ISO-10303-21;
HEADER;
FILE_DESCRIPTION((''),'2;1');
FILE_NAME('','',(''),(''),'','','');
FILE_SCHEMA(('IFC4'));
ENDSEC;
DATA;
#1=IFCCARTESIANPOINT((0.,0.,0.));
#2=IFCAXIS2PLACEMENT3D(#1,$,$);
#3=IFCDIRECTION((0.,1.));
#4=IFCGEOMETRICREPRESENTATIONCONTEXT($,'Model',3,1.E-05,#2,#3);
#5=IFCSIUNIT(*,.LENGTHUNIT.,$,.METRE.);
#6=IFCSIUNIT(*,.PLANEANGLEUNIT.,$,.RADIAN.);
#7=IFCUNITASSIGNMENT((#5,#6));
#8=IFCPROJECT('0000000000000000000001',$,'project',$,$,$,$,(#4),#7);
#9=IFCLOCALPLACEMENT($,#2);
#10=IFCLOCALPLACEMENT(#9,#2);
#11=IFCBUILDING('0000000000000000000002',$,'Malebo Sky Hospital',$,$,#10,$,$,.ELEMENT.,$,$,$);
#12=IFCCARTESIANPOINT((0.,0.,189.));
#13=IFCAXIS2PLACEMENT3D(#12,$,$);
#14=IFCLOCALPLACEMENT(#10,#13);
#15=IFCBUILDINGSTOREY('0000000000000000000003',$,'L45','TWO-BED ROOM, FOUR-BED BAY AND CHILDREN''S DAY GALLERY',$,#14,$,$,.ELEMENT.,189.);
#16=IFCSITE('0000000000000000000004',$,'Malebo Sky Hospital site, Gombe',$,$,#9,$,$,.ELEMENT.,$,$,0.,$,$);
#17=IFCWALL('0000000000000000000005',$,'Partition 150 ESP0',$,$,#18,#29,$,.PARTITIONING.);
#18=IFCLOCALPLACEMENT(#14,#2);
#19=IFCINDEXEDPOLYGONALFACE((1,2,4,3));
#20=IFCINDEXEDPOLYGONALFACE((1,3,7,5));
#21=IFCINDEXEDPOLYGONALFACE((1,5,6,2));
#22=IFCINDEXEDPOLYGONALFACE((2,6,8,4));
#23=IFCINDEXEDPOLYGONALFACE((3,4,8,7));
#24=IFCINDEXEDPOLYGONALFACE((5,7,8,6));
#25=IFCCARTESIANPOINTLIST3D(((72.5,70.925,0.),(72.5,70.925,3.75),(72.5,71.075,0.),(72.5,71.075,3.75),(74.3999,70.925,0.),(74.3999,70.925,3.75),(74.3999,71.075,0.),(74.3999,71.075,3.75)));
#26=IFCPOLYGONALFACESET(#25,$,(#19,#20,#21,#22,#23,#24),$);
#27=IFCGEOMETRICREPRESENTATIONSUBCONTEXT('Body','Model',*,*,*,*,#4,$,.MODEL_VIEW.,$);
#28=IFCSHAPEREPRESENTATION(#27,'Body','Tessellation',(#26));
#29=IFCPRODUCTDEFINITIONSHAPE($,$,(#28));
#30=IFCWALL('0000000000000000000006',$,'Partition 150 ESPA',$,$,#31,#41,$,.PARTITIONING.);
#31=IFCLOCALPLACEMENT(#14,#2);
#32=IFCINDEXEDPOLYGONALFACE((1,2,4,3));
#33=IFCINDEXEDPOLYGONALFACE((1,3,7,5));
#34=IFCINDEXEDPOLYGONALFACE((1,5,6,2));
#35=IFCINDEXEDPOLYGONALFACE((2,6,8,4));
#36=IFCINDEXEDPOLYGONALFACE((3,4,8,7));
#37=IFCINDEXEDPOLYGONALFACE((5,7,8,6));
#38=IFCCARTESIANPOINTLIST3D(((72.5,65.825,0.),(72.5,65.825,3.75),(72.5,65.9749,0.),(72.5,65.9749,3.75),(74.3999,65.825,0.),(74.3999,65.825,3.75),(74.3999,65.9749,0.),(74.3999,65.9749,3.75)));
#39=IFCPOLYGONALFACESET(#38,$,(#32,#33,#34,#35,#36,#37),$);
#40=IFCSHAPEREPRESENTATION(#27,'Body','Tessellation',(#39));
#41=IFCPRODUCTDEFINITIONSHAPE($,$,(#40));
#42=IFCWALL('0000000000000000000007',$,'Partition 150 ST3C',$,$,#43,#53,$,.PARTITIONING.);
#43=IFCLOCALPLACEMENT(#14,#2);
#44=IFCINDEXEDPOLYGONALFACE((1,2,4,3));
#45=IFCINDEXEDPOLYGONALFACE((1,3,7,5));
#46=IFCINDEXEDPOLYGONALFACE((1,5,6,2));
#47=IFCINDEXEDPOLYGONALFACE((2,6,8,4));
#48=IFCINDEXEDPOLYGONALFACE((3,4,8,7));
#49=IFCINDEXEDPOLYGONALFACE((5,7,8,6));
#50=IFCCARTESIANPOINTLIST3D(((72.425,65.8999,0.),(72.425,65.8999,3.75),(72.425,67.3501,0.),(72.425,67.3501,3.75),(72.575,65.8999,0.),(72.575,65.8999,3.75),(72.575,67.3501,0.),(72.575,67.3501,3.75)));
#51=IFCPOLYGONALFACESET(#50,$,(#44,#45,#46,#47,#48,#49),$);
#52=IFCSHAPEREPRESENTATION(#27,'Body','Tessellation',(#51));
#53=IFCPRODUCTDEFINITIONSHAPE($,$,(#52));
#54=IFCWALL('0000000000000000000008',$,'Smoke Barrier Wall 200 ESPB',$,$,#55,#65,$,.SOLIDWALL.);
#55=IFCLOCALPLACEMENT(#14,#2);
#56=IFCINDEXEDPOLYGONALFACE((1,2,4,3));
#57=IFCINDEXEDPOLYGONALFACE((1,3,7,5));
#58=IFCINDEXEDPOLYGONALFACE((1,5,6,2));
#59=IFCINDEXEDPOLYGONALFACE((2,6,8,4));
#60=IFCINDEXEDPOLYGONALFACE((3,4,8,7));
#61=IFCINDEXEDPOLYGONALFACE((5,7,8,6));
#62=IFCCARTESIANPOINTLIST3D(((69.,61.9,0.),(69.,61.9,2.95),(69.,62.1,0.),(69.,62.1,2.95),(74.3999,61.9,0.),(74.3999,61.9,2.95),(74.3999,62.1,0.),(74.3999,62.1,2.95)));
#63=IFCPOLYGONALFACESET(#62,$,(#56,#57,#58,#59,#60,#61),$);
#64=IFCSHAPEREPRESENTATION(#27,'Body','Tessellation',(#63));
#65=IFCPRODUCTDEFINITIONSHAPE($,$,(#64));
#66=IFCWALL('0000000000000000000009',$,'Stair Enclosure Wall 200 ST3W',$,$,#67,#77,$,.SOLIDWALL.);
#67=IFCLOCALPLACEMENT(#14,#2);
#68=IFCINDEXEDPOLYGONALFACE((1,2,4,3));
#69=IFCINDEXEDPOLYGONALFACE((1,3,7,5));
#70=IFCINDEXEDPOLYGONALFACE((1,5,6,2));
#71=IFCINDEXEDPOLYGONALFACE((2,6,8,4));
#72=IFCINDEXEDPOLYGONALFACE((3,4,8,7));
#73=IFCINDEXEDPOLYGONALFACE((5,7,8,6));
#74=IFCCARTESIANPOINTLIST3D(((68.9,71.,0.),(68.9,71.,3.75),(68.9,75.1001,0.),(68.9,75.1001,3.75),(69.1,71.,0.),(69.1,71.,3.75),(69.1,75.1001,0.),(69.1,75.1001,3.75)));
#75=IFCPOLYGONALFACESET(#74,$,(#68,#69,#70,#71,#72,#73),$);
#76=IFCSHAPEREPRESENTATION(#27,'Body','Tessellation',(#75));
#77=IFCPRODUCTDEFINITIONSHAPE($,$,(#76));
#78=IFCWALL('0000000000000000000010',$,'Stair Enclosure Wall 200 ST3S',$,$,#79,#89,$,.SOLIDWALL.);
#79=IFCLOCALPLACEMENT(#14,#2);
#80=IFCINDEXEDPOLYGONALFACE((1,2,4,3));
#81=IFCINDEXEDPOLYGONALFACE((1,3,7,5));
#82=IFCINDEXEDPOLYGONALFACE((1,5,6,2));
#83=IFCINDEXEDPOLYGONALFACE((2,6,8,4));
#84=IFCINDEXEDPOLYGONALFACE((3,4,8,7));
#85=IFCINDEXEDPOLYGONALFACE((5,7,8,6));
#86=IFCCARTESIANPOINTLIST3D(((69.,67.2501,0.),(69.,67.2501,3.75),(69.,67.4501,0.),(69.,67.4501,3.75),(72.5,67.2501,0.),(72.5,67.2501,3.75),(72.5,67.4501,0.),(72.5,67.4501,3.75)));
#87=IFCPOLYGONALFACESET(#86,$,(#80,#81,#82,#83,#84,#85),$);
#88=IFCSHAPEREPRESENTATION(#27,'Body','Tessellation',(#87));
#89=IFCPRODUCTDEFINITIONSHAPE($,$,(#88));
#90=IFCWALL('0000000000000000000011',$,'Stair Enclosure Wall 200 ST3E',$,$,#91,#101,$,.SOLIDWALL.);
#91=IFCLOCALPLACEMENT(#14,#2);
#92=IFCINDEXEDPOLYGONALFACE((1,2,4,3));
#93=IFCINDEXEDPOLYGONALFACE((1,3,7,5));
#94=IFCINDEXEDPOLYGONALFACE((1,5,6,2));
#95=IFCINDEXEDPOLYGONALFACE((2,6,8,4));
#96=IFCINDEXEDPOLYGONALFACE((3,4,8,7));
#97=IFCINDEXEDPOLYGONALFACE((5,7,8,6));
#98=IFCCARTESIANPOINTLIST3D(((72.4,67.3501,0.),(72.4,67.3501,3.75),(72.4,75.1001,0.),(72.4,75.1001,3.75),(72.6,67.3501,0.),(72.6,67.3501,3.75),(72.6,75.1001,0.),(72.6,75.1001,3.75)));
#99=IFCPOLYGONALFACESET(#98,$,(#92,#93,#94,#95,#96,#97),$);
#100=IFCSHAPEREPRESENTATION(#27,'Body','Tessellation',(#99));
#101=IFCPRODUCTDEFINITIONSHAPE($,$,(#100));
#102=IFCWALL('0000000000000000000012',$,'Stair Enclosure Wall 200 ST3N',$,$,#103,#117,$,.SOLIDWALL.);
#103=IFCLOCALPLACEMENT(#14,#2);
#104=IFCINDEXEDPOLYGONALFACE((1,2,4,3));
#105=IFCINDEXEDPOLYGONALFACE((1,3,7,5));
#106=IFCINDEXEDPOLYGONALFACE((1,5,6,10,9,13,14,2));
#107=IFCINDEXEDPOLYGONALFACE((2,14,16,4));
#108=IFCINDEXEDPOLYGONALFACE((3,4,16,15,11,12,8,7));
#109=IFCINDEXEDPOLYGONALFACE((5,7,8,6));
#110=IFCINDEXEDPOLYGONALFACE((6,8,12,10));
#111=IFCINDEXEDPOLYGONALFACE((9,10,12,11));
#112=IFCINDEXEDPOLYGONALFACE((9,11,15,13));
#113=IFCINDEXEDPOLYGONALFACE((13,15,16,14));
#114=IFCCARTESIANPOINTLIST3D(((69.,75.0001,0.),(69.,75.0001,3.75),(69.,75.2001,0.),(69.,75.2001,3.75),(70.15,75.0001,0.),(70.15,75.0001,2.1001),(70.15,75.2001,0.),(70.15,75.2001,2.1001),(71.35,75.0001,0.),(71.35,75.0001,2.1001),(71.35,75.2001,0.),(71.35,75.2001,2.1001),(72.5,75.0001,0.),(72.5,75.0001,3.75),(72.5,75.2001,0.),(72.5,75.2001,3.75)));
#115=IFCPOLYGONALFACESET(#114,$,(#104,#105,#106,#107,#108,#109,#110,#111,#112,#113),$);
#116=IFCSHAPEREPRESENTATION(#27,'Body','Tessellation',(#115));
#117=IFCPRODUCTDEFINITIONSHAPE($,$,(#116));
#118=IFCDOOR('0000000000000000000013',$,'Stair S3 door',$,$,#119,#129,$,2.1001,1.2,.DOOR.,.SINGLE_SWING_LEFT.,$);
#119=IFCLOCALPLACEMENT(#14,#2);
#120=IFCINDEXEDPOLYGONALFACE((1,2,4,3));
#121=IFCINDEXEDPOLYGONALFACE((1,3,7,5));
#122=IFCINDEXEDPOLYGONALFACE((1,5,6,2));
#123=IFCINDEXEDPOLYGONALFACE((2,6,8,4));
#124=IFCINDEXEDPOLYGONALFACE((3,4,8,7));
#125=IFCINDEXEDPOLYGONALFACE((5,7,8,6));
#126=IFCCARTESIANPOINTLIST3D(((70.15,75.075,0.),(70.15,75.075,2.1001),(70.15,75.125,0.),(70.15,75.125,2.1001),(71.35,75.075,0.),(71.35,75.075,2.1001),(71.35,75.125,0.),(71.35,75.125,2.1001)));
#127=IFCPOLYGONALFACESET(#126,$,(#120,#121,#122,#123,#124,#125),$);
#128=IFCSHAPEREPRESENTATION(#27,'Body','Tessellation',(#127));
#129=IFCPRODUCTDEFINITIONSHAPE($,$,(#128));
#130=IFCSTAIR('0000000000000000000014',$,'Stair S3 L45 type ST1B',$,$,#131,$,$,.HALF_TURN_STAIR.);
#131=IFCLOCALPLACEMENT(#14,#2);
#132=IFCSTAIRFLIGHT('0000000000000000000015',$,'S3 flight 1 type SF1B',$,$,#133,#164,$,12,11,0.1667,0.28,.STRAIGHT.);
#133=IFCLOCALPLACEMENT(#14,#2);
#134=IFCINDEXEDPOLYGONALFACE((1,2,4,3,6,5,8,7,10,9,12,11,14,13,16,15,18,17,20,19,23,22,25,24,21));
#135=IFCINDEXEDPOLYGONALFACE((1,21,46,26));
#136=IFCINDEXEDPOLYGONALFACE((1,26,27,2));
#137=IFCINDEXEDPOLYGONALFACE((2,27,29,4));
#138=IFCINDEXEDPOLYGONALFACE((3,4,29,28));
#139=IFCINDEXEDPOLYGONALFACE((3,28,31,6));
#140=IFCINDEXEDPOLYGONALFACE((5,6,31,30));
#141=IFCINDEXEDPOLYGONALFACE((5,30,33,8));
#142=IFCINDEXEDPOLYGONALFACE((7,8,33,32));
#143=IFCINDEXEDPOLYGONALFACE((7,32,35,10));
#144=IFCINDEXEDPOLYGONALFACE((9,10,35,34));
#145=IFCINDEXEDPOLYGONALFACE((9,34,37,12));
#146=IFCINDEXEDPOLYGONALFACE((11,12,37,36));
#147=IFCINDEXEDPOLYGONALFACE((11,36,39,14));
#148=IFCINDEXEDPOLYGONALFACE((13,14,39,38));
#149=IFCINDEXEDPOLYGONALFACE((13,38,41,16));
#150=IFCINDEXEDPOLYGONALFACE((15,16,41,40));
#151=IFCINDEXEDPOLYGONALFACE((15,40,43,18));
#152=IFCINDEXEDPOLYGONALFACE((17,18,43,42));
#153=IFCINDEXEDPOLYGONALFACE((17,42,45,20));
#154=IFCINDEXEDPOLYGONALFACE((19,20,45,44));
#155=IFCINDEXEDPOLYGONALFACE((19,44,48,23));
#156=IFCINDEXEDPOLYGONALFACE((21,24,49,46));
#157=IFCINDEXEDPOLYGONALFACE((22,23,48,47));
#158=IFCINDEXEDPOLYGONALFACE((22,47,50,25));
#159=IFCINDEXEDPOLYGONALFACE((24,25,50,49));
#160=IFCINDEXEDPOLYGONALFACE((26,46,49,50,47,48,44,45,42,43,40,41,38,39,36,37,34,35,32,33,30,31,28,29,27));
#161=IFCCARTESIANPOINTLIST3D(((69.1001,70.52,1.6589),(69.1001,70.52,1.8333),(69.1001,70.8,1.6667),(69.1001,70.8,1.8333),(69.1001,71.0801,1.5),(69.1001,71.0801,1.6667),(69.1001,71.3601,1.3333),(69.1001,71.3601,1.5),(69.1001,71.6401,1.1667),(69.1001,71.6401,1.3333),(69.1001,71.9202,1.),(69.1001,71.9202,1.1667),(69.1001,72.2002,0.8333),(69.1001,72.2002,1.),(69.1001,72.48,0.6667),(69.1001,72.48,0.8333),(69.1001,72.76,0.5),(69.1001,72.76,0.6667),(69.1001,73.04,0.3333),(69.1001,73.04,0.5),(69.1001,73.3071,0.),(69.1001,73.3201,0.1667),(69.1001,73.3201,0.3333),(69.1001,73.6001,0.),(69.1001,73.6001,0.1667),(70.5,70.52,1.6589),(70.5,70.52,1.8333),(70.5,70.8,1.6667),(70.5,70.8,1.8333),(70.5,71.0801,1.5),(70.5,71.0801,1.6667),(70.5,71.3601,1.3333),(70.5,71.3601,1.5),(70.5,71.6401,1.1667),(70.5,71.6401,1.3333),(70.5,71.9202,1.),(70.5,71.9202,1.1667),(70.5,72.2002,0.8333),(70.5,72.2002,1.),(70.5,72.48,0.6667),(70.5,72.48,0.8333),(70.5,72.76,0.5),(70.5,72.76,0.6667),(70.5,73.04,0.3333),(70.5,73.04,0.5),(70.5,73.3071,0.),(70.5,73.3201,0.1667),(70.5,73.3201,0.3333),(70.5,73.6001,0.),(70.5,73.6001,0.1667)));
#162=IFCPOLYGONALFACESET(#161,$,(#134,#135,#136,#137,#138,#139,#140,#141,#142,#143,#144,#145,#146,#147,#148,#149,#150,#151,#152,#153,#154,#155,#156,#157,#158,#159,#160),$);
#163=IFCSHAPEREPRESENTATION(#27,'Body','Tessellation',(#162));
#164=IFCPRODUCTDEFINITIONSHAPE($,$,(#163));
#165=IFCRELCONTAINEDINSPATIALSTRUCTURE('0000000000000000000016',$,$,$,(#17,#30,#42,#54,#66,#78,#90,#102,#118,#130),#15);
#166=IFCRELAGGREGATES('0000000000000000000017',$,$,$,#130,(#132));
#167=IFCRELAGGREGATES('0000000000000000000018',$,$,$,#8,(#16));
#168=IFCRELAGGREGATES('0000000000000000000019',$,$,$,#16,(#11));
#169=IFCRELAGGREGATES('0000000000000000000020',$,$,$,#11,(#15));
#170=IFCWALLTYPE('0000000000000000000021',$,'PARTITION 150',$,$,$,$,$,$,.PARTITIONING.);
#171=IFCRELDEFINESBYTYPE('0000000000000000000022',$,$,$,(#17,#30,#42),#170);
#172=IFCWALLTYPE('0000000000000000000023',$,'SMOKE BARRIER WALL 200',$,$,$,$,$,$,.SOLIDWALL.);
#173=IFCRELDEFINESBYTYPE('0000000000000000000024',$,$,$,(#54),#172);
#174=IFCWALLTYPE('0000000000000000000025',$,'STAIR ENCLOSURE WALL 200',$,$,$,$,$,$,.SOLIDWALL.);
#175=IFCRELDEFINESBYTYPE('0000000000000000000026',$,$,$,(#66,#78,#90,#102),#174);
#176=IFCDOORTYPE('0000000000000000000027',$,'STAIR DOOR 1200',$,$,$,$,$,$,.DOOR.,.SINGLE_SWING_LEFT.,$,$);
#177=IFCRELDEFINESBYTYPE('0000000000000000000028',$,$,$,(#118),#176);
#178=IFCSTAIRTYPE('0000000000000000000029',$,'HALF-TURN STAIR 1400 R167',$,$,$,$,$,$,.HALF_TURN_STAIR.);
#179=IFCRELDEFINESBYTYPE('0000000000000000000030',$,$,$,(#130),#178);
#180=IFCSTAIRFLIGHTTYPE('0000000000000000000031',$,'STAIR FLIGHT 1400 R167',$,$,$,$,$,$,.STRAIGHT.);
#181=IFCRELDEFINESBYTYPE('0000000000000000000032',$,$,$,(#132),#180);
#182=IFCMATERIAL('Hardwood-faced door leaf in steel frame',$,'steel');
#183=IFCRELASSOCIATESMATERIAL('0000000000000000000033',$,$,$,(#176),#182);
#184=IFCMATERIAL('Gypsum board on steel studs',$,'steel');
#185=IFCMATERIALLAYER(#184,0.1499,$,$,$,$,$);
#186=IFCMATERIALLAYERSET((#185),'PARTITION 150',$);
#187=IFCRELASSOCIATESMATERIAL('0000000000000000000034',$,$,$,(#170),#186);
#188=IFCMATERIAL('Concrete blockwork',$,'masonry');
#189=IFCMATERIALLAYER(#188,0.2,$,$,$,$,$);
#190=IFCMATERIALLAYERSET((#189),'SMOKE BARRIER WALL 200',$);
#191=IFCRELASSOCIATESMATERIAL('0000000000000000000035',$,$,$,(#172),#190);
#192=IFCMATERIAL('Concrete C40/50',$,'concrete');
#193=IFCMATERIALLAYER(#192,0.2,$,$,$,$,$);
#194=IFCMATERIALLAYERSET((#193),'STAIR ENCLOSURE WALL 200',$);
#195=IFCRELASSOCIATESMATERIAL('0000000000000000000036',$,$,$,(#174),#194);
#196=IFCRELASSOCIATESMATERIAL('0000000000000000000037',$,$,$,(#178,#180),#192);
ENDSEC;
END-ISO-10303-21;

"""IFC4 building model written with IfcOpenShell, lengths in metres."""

from ifc_helpers import new_model, si_unit, direction, frame, frame_2d, origin, place, context, subcontext, project, spatial, polyline, rectangle, outline, extrude, material, layer, layer_set, type_object, element, fill, aggregate, save


model = new_model("IFC4")

# Units and contexts
model_context = context("Model", 3, precision=1e-05, world=origin(), true_north=direction((0.0, 1.0)))
body_context = subcontext(model_context, "Body", "Model", "MODEL_VIEW")
ifc_project = project(units=[si_unit("LENGTHUNIT", "METRE"), si_unit("PLANEANGLEUNIT", "RADIAN")], contexts=[model_context])

# Site, building, storey
site_placement = place(None, origin())
site = spatial("IfcSite", under=ifc_project, at=site_placement, Name="Malebo Sky Hospital site, Gombe", CompositionType="ELEMENT", RefElevation=0.0)
building_placement = place(site_placement, origin())
building = spatial("IfcBuilding", under=site, at=building_placement, Name="Malebo Sky Hospital", CompositionType="ELEMENT")
storey_placement = place(building_placement, frame((0.0, 0.0, 189.0)))
storey = spatial("IfcBuildingStorey", under=building, at=storey_placement, Name="L45", Description="TWO-BED ROOM, FOUR-BED BAY AND CHILDREN'S DAY GALLERY", CompositionType="ELEMENT", Elevation=189.0)

# Shared definitions
ifc_material_1 = material(Name="Hardwood-faced door leaf in steel frame", Category="steel")
door_type_1 = type_object("IfcDoorType", Name="STAIR DOOR 1200", OperationType="SINGLE_SWING_LEFT", PredefinedType="DOOR", material=ifc_material_1)
ifc_material_2 = material(Name="Gypsum board on steel studs", Category="steel")

# Shared definitions
ifc_layer_1 = layer(ifc_material_2, 0.1499)
ifc_layer_set_1 = layer_set([ifc_layer_1], Name="PARTITION 150")
wall_type_1 = type_object("IfcWallType", Name="PARTITION 150", PredefinedType="PARTITIONING", material=ifc_layer_set_1)

# Walls
for number, where, z_axis, x_axis, name in (
    (1, (72.5, 71.0, 0.0), (0.0, 0.0, 1.0), (1.0, 0.0, 0.0), "Partition 150 ESP0"),
    (2, (72.5, 65.8999, 0.0), (0.0, 0.0, 1.0), (1.0, 0.0, 0.0), "Partition 150 ESPA"),
):
    element("IfcWall", number, at=place(storey_placement, frame(where, z_axis=z_axis, x_axis=x_axis)), inside=storey, type_object=wall_type_1, Name=name, PredefinedType="PARTITIONING", context=body_context, shape_type="SweptSolid", body=[
        extrude(rectangle(XDim=1.8999, YDim=0.1499, at=frame_2d((0.95, 0.0))), origin(), (0.0, 0.0, 1.0), 3.75),
    ])
wall_1_placement = place(storey_placement, frame((72.5, 65.8999, 0.0), z_axis=(0.0, 0.0, 1.0), x_axis=(0.0, 1.0, 0.0)))
element("IfcWall", 3, at=wall_1_placement, inside=storey, type_object=wall_type_1, Name="Partition 150 ST3C", PredefinedType="PARTITIONING", context=body_context, shape_type="SweptSolid", body=[
    extrude(rectangle(XDim=1.4502, YDim=0.1499, at=frame_2d((0.7251, 0.0))), origin(), (0.0, 0.0, 1.0), 3.75),
])
ifc_material_3 = material(Name="Concrete blockwork", Category="masonry")
ifc_layer_2 = layer(ifc_material_3, 0.2)
ifc_layer_set_2 = layer_set([ifc_layer_2], Name="SMOKE BARRIER WALL 200")
wall_type_2 = type_object("IfcWallType", Name="SMOKE BARRIER WALL 200", PredefinedType="SOLIDWALL", material=ifc_layer_set_2)
wall_2_placement = place(storey_placement, frame((69.0, 62.0, 0.0), z_axis=(0.0, 0.0, 1.0), x_axis=(1.0, 0.0, 0.0)))
element("IfcWall", 4, at=wall_2_placement, inside=storey, type_object=wall_type_2, Name="Smoke Barrier Wall 200 ESPB", PredefinedType="SOLIDWALL", context=body_context, shape_type="SweptSolid", body=[
    extrude(rectangle(XDim=5.3999, YDim=0.2, at=frame_2d((2.7, 0.0))), origin(), (0.0, 0.0, 1.0), 2.95),
])
ifc_material_4 = material(Name="Concrete C40/50", Category="concrete")
ifc_layer_3 = layer(ifc_material_4, 0.2)
ifc_layer_set_3 = layer_set([ifc_layer_3], Name="STAIR ENCLOSURE WALL 200")
wall_type_3 = type_object("IfcWallType", Name="STAIR ENCLOSURE WALL 200", PredefinedType="SOLIDWALL", material=ifc_layer_set_3)
wall_3_placement = place(storey_placement, frame((69.0, 71.0, 0.0), z_axis=(0.0, 0.0, 1.0), x_axis=(0.0, 1.0, 0.0)))
element("IfcWall", 5, at=wall_3_placement, inside=storey, type_object=wall_type_3, Name="Stair Enclosure Wall 200 ST3W", PredefinedType="SOLIDWALL", context=body_context, shape_type="SweptSolid", body=[
    extrude(rectangle(XDim=4.1001, YDim=0.2, at=frame_2d((2.05, 0.0))), origin(), (0.0, 0.0, 1.0), 3.75),
])
wall_4_placement = place(storey_placement, frame((69.0, 67.3501, 0.0), z_axis=(0.0, 0.0, 1.0), x_axis=(1.0, 0.0, 0.0)))
element("IfcWall", 6, at=wall_4_placement, inside=storey, type_object=wall_type_3, Name="Stair Enclosure Wall 200 ST3S", PredefinedType="SOLIDWALL", context=body_context, shape_type="SweptSolid", body=[
    extrude(rectangle(XDim=3.5, YDim=0.2, at=frame_2d((1.75, 0.0))), origin(), (0.0, 0.0, 1.0), 3.75),
])
wall_5_placement = place(storey_placement, frame((72.5, 67.3501, 0.0), z_axis=(0.0, 0.0, 1.0), x_axis=(0.0, 1.0, 0.0)))
element("IfcWall", 7, at=wall_5_placement, inside=storey, type_object=wall_type_3, Name="Stair Enclosure Wall 200 ST3E", PredefinedType="SOLIDWALL", context=body_context, shape_type="SweptSolid", body=[
    extrude(rectangle(XDim=7.75, YDim=0.2, at=frame_2d((3.875, 0.0))), origin(), (0.0, 0.0, 1.0), 3.75),
])

# Wall, opening, door
wall_6_placement = place(storey_placement, frame((69.0, 75.1001, 0.0), z_axis=(0.0, 0.0, 1.0), x_axis=(1.0, 0.0, 0.0)))
wall_6 = element("IfcWall", 8, at=wall_6_placement, inside=storey, type_object=wall_type_3, Name="Stair Enclosure Wall 200 ST3N", PredefinedType="SOLIDWALL", context=body_context, shape_type="SweptSolid", body=[
    extrude(rectangle(XDim=3.5, YDim=0.2, at=frame_2d((1.75, 0.0))), origin(), (0.0, 0.0, 1.0), 3.75),
])
opening_1_placement = place(wall_6_placement, frame((1.1499, 0.0, 0.0)))
opening_1 = element("IfcOpeningElement", 9, at=opening_1_placement, cuts=wall_6, PredefinedType="OPENING", context=body_context, shape_type="SweptSolid", body=[
    extrude(rectangle(XDim=1.2, YDim=2.1001, at=frame_2d((0.6001, 1.05))), frame((0.0, 0.1099, 0.0), z_axis=(0.0, -1.0, 0.0), x_axis=(1.0, 0.0, 0.0)), (0.0, 0.0, 1.0), 0.22),
])
door_1_placement = place(opening_1_placement, origin())
door_1 = element("IfcDoor", 10, at=door_1_placement, inside=storey, type_object=door_type_1, Name="Stair S3 door", OperationType="SINGLE_SWING_LEFT", OverallHeight=2.1001, OverallWidth=1.2, PredefinedType="DOOR", context=body_context, shape_type="SweptSolid", body=[
    extrude(rectangle(XDim=1.2, YDim=2.1001, at=frame_2d((0.6001, 1.05))), frame((0.0, 0.0249, 0.0), z_axis=(0.0, -1.0, 0.0), x_axis=(1.0, 0.0, 0.0)), (0.0, 0.0, 1.0), 0.05),
])
fill(opening_1, door_1)

# Stair, stair flight
stair_type = type_object("IfcStairType", Name="HALF-TURN STAIR 1400 R167", PredefinedType="HALF_TURN_STAIR", material=ifc_material_4)
stair_placement = place(storey_placement, origin())
stair = element("IfcStair", 11, at=stair_placement, inside=storey, type_object=stair_type, Name="Stair S3 L45 type ST1B", PredefinedType="HALF_TURN_STAIR")
stair_flight_type = type_object("IfcStairFlightType", Name="STAIR FLIGHT 1400 R167", PredefinedType="STRAIGHT", material=ifc_material_4)
stair_flight_1_placement = place(storey_placement, frame((69.8, 73.6001, 0.0), z_axis=(0.0, 0.0, 1.0), x_axis=(0.0, -1.0, 0.0)))
stair_flight_1 = element("IfcStairFlight", 12, at=stair_flight_1_placement, type_object=stair_flight_type, Name="S3 flight 1 type SF1B", NumberOfRisers=12, NumberOfTreads=11, PredefinedType="STRAIGHT", RiserHeight=0.1667, TreadLength=0.28, context=body_context, shape_type="SweptSolid", body=[
    extrude(outline(polyline([(0.0, 0.0), (0.0, 0.1667), (0.28, 0.1667), (0.28, 0.3333), (0.5601, 0.3333), (0.5601, 0.5), (0.8401, 0.5), (0.8401, 0.6667), (1.1201, 0.6667), (1.1201, 0.8333), (1.3999, 0.8333), (1.3999, 1.0), (1.6799, 1.0), (1.6799, 1.1667), (1.96, 1.1667), (1.96, 1.3333), (2.24, 1.3333), (2.24, 1.5), (2.52, 1.5), (2.52, 1.6667), (2.8, 1.6667), (2.8, 1.8333), (3.0801, 1.8333), (3.0801, 2.0), (3.0801, 1.6589), (0.293, 0.0), (0.0, 0.0)])), frame((0.0, 0.7, 0.0), z_axis=(0.0, -1.0, 0.0), x_axis=(1.0, 0.0, 0.0)), (0.0, 0.0, 1.0), 1.3999),
])
aggregate(stair, [stair_flight_1])

save(model, "model.ifc")
